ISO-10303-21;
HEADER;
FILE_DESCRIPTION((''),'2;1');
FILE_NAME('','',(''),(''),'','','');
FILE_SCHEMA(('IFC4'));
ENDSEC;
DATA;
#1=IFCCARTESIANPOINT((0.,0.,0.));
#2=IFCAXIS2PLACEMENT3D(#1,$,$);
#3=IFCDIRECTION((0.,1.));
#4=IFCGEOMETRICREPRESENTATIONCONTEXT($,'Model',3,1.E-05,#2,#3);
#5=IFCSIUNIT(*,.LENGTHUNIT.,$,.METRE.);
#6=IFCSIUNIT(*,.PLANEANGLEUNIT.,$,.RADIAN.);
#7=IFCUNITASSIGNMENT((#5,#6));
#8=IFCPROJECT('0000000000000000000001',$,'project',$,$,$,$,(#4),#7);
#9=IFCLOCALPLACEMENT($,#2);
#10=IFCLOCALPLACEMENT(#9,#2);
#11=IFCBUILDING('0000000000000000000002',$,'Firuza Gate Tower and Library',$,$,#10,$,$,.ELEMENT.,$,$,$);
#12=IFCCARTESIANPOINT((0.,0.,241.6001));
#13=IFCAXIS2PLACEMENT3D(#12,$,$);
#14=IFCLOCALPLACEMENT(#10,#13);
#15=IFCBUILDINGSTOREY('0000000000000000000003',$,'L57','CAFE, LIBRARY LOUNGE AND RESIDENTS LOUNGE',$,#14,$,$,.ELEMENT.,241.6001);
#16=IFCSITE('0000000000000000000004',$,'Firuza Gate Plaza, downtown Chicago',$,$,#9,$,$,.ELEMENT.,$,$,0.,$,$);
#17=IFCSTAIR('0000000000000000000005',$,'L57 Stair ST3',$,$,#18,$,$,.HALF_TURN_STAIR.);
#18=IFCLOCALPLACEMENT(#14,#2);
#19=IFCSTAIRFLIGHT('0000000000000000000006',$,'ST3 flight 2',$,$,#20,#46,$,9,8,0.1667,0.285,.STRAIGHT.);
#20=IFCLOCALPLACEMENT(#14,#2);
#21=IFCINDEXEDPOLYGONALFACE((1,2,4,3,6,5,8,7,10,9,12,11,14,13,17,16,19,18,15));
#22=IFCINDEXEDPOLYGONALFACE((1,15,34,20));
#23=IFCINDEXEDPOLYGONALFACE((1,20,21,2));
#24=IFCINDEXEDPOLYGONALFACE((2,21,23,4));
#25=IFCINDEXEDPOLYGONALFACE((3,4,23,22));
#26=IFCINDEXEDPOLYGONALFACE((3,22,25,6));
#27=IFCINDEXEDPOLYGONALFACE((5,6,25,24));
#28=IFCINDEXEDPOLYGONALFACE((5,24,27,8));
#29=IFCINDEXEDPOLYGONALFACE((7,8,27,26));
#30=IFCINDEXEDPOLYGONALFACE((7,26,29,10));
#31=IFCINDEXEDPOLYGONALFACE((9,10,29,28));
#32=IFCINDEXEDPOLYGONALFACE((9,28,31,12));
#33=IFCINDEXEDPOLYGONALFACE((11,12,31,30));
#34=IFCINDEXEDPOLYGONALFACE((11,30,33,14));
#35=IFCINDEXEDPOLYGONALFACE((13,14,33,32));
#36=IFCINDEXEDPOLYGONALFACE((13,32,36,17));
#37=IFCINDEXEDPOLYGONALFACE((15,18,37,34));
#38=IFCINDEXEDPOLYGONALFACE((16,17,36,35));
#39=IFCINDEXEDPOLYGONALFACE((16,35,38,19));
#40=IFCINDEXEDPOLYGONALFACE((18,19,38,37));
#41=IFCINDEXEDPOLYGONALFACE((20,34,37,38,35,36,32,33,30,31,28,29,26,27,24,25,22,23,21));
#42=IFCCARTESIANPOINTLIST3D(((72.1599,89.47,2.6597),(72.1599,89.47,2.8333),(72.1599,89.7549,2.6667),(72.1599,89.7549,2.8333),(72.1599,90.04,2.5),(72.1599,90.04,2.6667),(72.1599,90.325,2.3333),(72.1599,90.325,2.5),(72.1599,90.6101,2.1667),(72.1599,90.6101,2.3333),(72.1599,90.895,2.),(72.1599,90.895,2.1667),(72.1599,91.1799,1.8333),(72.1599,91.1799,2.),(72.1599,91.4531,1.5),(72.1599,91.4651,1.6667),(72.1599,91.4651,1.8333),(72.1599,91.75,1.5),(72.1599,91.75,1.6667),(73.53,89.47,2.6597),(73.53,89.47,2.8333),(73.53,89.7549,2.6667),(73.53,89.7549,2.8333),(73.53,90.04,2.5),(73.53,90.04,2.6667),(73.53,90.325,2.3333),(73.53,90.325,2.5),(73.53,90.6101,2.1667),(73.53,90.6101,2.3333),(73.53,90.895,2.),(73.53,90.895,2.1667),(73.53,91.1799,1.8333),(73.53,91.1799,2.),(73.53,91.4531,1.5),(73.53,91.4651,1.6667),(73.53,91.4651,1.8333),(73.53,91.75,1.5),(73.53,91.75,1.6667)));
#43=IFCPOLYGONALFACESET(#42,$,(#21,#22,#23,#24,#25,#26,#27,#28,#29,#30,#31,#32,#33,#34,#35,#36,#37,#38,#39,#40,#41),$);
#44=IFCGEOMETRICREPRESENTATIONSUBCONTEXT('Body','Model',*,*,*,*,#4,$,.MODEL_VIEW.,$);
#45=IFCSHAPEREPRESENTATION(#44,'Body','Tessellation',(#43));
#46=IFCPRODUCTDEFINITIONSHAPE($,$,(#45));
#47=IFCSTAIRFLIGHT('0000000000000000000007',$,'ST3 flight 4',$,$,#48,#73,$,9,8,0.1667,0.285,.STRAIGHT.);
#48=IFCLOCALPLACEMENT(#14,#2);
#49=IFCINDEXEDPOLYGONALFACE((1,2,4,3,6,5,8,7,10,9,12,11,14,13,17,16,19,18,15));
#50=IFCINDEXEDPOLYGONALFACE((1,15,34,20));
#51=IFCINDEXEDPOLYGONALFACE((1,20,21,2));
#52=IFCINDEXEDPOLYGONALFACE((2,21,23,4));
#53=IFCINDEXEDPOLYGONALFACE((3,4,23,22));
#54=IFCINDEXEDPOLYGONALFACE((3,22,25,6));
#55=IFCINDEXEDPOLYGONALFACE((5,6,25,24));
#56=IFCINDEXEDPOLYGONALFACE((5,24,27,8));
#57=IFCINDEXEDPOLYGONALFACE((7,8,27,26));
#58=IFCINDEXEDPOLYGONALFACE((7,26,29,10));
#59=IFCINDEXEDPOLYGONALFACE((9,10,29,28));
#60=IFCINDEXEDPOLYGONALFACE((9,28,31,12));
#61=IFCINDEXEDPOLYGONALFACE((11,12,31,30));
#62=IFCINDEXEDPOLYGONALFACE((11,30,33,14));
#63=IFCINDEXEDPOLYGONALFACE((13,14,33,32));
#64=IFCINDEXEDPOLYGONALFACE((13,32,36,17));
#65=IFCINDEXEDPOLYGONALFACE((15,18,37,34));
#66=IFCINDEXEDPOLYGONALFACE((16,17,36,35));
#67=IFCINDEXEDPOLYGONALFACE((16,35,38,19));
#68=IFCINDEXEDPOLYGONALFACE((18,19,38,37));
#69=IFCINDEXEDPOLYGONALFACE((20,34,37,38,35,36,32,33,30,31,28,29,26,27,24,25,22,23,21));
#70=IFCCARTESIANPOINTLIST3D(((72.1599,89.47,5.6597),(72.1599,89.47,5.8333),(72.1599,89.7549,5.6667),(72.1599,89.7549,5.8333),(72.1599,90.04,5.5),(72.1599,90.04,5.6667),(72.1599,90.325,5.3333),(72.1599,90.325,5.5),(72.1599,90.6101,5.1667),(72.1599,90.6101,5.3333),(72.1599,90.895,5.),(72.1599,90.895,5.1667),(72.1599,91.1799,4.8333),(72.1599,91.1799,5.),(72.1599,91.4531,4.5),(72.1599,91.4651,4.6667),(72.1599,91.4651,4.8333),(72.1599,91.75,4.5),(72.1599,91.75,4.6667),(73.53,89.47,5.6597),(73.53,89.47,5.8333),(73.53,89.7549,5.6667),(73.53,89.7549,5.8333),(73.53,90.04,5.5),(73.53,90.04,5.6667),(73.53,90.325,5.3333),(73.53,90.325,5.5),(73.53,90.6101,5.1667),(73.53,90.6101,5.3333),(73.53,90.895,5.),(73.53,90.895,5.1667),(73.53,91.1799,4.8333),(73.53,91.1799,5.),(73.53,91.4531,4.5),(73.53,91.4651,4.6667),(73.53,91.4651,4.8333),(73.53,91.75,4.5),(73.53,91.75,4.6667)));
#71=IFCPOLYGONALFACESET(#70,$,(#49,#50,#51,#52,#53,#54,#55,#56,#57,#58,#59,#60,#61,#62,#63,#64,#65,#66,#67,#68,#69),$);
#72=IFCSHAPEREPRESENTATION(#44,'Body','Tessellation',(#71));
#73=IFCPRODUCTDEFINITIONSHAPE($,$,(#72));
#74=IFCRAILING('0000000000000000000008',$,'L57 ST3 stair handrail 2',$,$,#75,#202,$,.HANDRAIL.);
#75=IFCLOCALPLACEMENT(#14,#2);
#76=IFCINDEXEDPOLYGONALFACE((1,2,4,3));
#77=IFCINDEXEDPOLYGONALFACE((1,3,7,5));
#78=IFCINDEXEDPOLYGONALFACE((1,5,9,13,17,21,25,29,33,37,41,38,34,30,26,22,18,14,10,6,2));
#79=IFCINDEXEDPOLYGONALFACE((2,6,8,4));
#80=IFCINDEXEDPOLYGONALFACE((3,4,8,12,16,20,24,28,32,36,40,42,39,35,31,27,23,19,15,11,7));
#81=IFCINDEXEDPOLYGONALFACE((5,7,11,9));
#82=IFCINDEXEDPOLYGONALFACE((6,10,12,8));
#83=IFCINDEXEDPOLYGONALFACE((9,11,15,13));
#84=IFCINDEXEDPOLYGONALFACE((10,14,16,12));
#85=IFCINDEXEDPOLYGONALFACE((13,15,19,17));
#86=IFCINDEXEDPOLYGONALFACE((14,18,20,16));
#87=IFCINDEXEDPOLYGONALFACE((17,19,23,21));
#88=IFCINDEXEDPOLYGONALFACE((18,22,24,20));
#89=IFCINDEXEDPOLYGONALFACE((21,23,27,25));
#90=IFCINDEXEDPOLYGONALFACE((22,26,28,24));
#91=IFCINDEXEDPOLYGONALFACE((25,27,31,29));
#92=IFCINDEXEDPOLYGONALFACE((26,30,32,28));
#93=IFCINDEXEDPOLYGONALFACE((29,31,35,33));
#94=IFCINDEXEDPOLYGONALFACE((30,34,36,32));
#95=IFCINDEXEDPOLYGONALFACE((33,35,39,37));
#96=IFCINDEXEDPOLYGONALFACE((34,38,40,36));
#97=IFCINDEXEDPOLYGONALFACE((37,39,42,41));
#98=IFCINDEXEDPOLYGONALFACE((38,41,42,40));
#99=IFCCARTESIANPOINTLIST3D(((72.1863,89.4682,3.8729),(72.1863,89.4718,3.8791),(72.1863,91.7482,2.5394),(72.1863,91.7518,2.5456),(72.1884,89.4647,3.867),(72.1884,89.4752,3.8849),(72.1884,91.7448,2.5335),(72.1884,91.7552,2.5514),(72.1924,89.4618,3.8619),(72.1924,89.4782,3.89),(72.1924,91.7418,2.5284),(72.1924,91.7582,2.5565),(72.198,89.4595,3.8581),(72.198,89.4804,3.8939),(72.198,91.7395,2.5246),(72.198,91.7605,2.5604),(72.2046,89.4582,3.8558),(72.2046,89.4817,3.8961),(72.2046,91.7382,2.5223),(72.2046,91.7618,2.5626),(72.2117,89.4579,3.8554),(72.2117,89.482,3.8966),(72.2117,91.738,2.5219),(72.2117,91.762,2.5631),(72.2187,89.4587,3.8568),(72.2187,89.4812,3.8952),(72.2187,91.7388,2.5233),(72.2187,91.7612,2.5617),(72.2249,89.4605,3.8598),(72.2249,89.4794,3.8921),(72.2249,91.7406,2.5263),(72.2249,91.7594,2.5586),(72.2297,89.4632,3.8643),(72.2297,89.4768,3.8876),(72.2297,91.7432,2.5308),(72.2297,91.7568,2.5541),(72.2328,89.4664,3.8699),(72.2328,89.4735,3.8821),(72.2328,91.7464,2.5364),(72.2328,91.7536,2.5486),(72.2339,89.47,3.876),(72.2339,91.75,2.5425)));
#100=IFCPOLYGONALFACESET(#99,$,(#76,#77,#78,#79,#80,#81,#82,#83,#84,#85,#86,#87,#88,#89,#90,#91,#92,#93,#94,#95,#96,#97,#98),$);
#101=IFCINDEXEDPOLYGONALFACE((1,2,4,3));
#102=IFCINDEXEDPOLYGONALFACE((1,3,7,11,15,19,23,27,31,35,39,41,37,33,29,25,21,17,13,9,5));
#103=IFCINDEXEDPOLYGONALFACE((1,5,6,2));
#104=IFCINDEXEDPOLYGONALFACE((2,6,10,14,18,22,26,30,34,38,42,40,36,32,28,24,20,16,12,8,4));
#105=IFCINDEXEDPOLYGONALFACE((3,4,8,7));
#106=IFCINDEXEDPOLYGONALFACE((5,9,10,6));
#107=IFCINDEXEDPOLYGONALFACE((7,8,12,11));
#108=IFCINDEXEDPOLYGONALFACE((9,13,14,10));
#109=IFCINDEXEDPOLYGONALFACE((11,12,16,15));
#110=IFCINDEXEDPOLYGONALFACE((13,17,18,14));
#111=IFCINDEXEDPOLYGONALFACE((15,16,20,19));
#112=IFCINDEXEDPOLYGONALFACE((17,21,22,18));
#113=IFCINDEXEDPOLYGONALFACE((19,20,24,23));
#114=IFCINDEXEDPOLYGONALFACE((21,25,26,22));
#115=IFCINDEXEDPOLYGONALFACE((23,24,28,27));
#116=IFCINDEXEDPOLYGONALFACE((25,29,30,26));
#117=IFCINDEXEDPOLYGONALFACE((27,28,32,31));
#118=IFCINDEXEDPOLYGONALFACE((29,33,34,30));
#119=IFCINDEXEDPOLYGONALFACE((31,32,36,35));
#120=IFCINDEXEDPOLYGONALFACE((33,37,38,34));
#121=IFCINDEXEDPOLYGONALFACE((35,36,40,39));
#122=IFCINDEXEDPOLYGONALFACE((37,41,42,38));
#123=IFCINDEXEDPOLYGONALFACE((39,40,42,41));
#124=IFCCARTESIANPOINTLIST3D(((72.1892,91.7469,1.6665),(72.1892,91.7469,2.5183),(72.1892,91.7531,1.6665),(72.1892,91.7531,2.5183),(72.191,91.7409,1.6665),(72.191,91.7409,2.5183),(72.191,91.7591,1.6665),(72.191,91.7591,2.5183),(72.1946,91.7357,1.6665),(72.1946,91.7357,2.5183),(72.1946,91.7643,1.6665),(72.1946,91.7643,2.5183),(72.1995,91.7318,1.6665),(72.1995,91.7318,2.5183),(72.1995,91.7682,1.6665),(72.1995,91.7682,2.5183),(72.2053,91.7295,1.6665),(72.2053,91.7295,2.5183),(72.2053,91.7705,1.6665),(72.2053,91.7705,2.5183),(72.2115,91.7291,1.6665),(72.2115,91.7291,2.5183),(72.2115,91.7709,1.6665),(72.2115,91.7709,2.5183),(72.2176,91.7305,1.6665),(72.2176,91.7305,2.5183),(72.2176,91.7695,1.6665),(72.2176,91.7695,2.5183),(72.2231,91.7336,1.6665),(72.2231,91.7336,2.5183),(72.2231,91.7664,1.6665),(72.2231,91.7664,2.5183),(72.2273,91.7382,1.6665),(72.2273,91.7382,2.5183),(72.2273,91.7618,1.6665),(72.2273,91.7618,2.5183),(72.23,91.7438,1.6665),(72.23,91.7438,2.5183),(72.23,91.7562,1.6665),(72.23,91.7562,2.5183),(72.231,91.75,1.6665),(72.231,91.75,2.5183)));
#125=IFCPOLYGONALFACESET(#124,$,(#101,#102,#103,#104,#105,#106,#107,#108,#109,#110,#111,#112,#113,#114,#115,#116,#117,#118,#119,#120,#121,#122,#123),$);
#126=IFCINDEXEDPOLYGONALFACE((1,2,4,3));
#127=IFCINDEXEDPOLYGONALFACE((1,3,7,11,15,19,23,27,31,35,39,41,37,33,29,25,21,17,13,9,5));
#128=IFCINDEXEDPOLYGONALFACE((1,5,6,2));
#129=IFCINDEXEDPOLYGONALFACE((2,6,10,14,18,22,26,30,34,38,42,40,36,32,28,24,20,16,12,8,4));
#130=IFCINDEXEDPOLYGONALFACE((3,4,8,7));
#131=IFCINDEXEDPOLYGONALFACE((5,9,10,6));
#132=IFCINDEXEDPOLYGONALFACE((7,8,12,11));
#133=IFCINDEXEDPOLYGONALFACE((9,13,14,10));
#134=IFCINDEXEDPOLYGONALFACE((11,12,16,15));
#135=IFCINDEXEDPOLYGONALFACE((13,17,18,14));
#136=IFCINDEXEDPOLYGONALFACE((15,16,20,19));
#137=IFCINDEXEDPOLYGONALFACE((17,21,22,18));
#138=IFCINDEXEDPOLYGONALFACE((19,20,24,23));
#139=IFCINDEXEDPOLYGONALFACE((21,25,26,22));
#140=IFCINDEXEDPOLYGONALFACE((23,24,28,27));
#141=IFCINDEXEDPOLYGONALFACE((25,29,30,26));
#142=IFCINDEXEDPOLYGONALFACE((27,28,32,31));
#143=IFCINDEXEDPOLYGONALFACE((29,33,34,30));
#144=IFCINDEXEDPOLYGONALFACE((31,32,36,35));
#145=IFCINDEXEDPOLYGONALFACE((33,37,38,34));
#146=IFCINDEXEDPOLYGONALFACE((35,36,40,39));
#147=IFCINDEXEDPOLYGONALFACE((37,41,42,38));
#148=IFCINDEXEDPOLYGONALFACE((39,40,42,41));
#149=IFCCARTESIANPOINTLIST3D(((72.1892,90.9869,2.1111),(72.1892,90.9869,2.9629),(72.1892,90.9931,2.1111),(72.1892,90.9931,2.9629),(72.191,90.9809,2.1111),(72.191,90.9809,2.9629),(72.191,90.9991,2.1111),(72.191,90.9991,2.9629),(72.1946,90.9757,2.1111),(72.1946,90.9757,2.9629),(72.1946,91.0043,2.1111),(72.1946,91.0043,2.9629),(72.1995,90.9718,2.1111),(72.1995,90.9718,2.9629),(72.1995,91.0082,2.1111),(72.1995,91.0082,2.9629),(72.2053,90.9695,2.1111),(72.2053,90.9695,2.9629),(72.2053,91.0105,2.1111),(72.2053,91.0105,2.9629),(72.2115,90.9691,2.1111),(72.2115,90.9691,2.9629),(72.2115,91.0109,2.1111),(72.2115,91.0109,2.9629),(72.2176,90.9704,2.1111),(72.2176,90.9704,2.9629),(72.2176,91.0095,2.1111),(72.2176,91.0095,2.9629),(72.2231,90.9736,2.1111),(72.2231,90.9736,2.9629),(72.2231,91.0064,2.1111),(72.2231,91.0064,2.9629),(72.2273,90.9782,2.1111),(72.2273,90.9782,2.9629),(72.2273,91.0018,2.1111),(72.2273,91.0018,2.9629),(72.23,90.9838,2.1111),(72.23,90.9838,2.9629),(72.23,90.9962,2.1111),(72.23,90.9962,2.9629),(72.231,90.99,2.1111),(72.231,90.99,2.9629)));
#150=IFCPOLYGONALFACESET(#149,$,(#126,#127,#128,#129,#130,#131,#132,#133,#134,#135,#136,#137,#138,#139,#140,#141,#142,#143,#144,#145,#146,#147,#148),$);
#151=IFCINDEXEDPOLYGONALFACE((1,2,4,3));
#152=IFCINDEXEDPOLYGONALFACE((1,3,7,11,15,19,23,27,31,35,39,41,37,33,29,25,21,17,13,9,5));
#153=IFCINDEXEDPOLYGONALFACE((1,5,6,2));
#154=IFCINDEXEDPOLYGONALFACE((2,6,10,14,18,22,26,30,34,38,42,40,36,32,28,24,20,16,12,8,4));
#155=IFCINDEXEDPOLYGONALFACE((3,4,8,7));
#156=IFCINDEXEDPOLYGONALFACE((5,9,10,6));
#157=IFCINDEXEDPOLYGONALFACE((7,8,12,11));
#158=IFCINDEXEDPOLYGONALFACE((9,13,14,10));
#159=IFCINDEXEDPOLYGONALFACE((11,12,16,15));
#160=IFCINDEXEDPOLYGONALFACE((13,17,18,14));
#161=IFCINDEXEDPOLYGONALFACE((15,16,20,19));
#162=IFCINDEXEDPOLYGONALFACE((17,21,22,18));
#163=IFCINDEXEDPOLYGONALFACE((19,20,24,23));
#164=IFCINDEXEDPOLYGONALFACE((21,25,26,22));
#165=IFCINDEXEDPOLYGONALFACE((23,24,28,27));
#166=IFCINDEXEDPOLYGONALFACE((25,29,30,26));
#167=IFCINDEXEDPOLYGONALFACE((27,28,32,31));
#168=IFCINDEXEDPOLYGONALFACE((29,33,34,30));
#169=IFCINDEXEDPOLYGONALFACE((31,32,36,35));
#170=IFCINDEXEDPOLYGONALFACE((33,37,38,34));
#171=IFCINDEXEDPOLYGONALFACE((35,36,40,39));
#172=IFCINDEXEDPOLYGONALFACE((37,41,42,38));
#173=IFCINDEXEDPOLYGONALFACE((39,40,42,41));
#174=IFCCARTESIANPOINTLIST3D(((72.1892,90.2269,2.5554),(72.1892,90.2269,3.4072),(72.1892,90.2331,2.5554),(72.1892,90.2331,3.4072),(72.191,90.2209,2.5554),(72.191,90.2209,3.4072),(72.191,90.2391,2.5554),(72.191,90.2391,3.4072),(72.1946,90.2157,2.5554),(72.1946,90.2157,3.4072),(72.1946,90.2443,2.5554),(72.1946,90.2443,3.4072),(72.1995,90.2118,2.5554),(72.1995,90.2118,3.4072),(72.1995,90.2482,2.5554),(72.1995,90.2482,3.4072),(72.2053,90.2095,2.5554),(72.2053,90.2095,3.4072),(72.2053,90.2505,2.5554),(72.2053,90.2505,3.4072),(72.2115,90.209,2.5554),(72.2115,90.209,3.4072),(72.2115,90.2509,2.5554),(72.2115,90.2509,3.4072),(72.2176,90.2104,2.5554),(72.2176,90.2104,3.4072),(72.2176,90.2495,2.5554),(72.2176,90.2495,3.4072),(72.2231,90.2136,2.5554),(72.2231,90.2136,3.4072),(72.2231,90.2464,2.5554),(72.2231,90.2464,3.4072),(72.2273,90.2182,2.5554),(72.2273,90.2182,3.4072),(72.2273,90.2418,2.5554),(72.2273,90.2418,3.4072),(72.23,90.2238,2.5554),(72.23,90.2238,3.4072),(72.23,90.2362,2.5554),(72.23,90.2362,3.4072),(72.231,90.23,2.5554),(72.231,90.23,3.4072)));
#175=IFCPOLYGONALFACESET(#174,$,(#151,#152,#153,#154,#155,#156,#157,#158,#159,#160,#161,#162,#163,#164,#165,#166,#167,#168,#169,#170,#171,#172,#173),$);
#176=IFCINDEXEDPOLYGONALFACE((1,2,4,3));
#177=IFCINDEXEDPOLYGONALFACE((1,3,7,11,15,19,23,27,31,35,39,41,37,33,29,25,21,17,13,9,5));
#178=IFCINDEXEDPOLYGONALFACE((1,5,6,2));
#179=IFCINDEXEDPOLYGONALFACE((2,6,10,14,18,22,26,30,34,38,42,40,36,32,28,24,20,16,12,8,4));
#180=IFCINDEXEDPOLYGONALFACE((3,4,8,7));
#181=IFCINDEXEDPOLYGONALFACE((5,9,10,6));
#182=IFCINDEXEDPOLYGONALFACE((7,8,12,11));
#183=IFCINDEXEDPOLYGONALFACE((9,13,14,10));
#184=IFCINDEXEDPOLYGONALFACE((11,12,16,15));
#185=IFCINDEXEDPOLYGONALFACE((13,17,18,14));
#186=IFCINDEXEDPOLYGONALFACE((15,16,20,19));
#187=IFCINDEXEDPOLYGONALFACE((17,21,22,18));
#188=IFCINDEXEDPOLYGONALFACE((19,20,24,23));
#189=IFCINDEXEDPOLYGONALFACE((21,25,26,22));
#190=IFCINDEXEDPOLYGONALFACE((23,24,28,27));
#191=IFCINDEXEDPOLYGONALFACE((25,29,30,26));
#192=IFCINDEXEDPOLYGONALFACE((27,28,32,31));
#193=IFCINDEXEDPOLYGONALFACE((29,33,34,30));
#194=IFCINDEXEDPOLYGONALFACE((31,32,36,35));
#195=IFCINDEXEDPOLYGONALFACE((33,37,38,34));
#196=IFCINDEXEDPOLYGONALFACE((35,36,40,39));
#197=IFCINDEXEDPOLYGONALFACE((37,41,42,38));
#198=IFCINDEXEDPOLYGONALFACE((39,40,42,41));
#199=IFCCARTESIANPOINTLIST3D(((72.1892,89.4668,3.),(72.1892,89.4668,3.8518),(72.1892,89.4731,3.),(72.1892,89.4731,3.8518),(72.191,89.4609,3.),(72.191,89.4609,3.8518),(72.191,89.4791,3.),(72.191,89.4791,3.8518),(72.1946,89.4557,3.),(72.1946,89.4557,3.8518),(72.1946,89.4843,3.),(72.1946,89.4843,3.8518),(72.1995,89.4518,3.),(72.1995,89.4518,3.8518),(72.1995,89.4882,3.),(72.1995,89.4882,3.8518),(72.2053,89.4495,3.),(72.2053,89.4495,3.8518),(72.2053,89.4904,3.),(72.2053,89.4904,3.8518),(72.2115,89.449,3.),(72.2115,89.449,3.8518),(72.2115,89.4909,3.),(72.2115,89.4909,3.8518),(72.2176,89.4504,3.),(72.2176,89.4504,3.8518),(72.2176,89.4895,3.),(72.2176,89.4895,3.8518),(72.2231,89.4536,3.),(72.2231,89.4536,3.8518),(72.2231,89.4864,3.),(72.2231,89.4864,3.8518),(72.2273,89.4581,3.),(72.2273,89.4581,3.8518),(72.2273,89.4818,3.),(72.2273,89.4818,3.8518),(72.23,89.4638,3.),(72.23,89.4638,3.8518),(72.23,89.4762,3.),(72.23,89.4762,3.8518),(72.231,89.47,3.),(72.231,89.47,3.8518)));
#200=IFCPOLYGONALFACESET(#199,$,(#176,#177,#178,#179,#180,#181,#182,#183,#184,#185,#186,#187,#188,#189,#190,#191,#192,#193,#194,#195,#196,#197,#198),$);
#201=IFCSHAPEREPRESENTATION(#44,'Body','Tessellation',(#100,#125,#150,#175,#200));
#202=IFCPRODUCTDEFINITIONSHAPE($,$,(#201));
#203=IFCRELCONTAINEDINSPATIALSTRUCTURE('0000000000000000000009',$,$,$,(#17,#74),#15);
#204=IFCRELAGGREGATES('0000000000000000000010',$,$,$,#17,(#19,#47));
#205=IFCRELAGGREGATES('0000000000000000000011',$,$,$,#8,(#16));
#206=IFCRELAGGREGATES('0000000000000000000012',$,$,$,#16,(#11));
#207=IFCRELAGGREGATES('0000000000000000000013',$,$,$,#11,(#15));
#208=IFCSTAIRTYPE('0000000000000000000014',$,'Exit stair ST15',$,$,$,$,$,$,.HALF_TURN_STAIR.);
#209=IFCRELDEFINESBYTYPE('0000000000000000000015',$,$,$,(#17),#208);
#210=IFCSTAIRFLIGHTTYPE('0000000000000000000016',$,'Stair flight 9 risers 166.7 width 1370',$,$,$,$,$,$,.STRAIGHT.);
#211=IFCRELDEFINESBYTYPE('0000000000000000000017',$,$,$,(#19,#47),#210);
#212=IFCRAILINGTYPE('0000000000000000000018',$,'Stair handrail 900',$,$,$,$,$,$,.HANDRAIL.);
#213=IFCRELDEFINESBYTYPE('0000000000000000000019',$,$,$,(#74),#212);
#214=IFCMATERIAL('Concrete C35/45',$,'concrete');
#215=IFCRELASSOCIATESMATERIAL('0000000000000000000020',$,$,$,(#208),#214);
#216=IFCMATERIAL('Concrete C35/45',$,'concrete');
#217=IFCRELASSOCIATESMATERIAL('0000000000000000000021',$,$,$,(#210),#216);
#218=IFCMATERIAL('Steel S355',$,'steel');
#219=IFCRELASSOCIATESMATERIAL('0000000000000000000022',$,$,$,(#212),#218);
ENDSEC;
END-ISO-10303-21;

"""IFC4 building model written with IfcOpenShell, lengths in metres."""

from ifc_helpers import new_model, si_unit, direction, frame, origin, origin_2d, place, context, subcontext, project, spatial, polyline, circle, outline, extrude, material, type_object, element, aggregate, save


model = new_model("IFC4")

# Units and contexts
model_context = context("Model", 3, precision=1e-05, world=origin(), true_north=direction((0.0, 1.0)))
body_context = subcontext(model_context, "Body", "Model", "MODEL_VIEW")
ifc_project = project(units=[si_unit("LENGTHUNIT", "METRE"), si_unit("PLANEANGLEUNIT", "RADIAN")], contexts=[model_context])

# Site, building, storey
site_placement = place(None, origin())
site = spatial("IfcSite", under=ifc_project, at=site_placement, Name="Firuza Gate Plaza, downtown Chicago", CompositionType="ELEMENT", RefElevation=0.0)
building_placement = place(site_placement, origin())
building = spatial("IfcBuilding", under=site, at=building_placement, Name="Firuza Gate Tower and Library", CompositionType="ELEMENT")
storey_placement = place(building_placement, frame((0.0, 0.0, 241.6001)))
storey = spatial("IfcBuildingStorey", under=building, at=storey_placement, Name="L57", Description="CAFE, LIBRARY LOUNGE AND RESIDENTS LOUNGE", CompositionType="ELEMENT", Elevation=241.6001)

# Shared definitions
placement = place(storey_placement, origin())

# Stair, stair flights
ifc_material_1 = material(Name="Concrete C35/45", Category="concrete")
stair_type = type_object("IfcStairType", Name="Exit stair ST15", PredefinedType="HALF_TURN_STAIR", material=ifc_material_1)
stair = element("IfcStair", 1, at=placement, inside=storey, type_object=stair_type, Name="L57 Stair ST3", PredefinedType="HALF_TURN_STAIR")
ifc_material_2 = material(Name="Concrete C35/45", Category="concrete")
stair_flight_type = type_object("IfcStairFlightType", Name="Stair flight 9 risers 166.7 width 1370", PredefinedType="STRAIGHT", material=ifc_material_2)
stair_flight_1_placement = place(storey_placement, frame((72.845, 91.75, 1.5), z_axis=(0.0, 0.0, 1.0), x_axis=(0.0, -1.0, 0.0)))
stair_flight_1 = element("IfcStairFlight", 2, at=stair_flight_1_placement, type_object=stair_flight_type, Name="ST3 flight 2", NumberOfRisers=9, NumberOfTreads=8, PredefinedType="STRAIGHT", RiserHeight=0.1667, TreadLength=0.285, context=body_context, shape_type="SweptSolid", body=[
    extrude(outline(polyline([(0.0, 0.0), (0.0, 0.1667), (0.2849, 0.1667), (0.2849, 0.3333), (0.5701, 0.3333), (0.5701, 0.5), (0.855, 0.5), (0.855, 0.6667), (1.1399, 0.6667), (1.1399, 0.8333), (1.425, 0.8333), (1.425, 1.0), (1.71, 1.0), (1.71, 1.1667), (1.9951, 1.1667), (1.9951, 1.3333), (2.28, 1.3333), (2.28, 1.5), (2.28, 1.1597), (0.2969, 0.0), (0.0, 0.0)])), frame((0.0, 0.6851, 0.0), z_axis=(0.0, -1.0, 0.0), x_axis=(1.0, 0.0, 0.0)), (0.0, 0.0, 1.0), 1.3701),
])
stair_flight_2_placement = place(storey_placement, frame((72.845, 91.75, 4.5), z_axis=(0.0, 0.0, 1.0), x_axis=(0.0, -1.0, 0.0)))
stair_flight_2 = element("IfcStairFlight", 3, at=stair_flight_2_placement, type_object=stair_flight_type, Name="ST3 flight 4", NumberOfRisers=9, NumberOfTreads=8, PredefinedType="STRAIGHT", RiserHeight=0.1667, TreadLength=0.285, context=body_context, shape_type="SweptSolid", body=[
    extrude(outline(polyline([(0.0, 0.0), (0.0, 0.1667), (0.2849, 0.1667), (0.2849, 0.3333), (0.5701, 0.3333), (0.5701, 0.5), (0.855, 0.5), (0.855, 0.6667), (1.1399, 0.6667), (1.1399, 0.8333), (1.425, 0.8333), (1.425, 1.0), (1.71, 1.0), (1.71, 1.1667), (1.9951, 1.1667), (1.9951, 1.3333), (2.28, 1.3333), (2.28, 1.5), (2.28, 1.1597), (0.2969, 0.0), (0.0, 0.0)])), frame((0.0, 0.6851, 0.0), z_axis=(0.0, -1.0, 0.0), x_axis=(1.0, 0.0, 0.0)), (0.0, 0.0, 1.0), 1.3701),
])
aggregate(stair, [stair_flight_1, stair_flight_2])

# Railing
ifc_material_3 = material(Name="Steel S355", Category="steel")
railing_type_1 = type_object("IfcRailingType", Name="Stair handrail 900", PredefinedType="HANDRAIL", material=ifc_material_3)
for number, where, name in (
    (4, (72.21, 91.75, 1.6665), "L57 ST3 stair handrail 2"),
):
    element("IfcRailing", number, at=place(storey_placement, frame(where)), inside=storey, type_object=railing_type_1, Name=name, PredefinedType="HANDRAIL", context=body_context, shape_type="SweptSolid", body=[
        extrude(circle(Radius=0.0239, at=origin_2d()), frame((0.0, 0.0, 0.876), z_axis=(0.0, -0.863205, 0.504853), x_axis=(1.0, 0.0, 0.0)), (0.0, 0.0, 1.0), 2.6414),
        extrude(circle(Radius=0.021, at=origin_2d()), origin(), (0.0, 0.0, 1.0), 0.8518),
        extrude(circle(Radius=0.021, at=origin_2d()), frame((0.0, -0.76, 0.4446)), (0.0, 0.0, 1.0), 0.8518),
        extrude(circle(Radius=0.021, at=origin_2d()), frame((0.0, -1.52, 0.8889)), (0.0, 0.0, 1.0), 0.8518),
        extrude(circle(Radius=0.021, at=origin_2d()), frame((0.0, -2.28, 1.3335)), (0.0, 0.0, 1.0), 0.8518),
    ])

save(model, "model.ifc")
